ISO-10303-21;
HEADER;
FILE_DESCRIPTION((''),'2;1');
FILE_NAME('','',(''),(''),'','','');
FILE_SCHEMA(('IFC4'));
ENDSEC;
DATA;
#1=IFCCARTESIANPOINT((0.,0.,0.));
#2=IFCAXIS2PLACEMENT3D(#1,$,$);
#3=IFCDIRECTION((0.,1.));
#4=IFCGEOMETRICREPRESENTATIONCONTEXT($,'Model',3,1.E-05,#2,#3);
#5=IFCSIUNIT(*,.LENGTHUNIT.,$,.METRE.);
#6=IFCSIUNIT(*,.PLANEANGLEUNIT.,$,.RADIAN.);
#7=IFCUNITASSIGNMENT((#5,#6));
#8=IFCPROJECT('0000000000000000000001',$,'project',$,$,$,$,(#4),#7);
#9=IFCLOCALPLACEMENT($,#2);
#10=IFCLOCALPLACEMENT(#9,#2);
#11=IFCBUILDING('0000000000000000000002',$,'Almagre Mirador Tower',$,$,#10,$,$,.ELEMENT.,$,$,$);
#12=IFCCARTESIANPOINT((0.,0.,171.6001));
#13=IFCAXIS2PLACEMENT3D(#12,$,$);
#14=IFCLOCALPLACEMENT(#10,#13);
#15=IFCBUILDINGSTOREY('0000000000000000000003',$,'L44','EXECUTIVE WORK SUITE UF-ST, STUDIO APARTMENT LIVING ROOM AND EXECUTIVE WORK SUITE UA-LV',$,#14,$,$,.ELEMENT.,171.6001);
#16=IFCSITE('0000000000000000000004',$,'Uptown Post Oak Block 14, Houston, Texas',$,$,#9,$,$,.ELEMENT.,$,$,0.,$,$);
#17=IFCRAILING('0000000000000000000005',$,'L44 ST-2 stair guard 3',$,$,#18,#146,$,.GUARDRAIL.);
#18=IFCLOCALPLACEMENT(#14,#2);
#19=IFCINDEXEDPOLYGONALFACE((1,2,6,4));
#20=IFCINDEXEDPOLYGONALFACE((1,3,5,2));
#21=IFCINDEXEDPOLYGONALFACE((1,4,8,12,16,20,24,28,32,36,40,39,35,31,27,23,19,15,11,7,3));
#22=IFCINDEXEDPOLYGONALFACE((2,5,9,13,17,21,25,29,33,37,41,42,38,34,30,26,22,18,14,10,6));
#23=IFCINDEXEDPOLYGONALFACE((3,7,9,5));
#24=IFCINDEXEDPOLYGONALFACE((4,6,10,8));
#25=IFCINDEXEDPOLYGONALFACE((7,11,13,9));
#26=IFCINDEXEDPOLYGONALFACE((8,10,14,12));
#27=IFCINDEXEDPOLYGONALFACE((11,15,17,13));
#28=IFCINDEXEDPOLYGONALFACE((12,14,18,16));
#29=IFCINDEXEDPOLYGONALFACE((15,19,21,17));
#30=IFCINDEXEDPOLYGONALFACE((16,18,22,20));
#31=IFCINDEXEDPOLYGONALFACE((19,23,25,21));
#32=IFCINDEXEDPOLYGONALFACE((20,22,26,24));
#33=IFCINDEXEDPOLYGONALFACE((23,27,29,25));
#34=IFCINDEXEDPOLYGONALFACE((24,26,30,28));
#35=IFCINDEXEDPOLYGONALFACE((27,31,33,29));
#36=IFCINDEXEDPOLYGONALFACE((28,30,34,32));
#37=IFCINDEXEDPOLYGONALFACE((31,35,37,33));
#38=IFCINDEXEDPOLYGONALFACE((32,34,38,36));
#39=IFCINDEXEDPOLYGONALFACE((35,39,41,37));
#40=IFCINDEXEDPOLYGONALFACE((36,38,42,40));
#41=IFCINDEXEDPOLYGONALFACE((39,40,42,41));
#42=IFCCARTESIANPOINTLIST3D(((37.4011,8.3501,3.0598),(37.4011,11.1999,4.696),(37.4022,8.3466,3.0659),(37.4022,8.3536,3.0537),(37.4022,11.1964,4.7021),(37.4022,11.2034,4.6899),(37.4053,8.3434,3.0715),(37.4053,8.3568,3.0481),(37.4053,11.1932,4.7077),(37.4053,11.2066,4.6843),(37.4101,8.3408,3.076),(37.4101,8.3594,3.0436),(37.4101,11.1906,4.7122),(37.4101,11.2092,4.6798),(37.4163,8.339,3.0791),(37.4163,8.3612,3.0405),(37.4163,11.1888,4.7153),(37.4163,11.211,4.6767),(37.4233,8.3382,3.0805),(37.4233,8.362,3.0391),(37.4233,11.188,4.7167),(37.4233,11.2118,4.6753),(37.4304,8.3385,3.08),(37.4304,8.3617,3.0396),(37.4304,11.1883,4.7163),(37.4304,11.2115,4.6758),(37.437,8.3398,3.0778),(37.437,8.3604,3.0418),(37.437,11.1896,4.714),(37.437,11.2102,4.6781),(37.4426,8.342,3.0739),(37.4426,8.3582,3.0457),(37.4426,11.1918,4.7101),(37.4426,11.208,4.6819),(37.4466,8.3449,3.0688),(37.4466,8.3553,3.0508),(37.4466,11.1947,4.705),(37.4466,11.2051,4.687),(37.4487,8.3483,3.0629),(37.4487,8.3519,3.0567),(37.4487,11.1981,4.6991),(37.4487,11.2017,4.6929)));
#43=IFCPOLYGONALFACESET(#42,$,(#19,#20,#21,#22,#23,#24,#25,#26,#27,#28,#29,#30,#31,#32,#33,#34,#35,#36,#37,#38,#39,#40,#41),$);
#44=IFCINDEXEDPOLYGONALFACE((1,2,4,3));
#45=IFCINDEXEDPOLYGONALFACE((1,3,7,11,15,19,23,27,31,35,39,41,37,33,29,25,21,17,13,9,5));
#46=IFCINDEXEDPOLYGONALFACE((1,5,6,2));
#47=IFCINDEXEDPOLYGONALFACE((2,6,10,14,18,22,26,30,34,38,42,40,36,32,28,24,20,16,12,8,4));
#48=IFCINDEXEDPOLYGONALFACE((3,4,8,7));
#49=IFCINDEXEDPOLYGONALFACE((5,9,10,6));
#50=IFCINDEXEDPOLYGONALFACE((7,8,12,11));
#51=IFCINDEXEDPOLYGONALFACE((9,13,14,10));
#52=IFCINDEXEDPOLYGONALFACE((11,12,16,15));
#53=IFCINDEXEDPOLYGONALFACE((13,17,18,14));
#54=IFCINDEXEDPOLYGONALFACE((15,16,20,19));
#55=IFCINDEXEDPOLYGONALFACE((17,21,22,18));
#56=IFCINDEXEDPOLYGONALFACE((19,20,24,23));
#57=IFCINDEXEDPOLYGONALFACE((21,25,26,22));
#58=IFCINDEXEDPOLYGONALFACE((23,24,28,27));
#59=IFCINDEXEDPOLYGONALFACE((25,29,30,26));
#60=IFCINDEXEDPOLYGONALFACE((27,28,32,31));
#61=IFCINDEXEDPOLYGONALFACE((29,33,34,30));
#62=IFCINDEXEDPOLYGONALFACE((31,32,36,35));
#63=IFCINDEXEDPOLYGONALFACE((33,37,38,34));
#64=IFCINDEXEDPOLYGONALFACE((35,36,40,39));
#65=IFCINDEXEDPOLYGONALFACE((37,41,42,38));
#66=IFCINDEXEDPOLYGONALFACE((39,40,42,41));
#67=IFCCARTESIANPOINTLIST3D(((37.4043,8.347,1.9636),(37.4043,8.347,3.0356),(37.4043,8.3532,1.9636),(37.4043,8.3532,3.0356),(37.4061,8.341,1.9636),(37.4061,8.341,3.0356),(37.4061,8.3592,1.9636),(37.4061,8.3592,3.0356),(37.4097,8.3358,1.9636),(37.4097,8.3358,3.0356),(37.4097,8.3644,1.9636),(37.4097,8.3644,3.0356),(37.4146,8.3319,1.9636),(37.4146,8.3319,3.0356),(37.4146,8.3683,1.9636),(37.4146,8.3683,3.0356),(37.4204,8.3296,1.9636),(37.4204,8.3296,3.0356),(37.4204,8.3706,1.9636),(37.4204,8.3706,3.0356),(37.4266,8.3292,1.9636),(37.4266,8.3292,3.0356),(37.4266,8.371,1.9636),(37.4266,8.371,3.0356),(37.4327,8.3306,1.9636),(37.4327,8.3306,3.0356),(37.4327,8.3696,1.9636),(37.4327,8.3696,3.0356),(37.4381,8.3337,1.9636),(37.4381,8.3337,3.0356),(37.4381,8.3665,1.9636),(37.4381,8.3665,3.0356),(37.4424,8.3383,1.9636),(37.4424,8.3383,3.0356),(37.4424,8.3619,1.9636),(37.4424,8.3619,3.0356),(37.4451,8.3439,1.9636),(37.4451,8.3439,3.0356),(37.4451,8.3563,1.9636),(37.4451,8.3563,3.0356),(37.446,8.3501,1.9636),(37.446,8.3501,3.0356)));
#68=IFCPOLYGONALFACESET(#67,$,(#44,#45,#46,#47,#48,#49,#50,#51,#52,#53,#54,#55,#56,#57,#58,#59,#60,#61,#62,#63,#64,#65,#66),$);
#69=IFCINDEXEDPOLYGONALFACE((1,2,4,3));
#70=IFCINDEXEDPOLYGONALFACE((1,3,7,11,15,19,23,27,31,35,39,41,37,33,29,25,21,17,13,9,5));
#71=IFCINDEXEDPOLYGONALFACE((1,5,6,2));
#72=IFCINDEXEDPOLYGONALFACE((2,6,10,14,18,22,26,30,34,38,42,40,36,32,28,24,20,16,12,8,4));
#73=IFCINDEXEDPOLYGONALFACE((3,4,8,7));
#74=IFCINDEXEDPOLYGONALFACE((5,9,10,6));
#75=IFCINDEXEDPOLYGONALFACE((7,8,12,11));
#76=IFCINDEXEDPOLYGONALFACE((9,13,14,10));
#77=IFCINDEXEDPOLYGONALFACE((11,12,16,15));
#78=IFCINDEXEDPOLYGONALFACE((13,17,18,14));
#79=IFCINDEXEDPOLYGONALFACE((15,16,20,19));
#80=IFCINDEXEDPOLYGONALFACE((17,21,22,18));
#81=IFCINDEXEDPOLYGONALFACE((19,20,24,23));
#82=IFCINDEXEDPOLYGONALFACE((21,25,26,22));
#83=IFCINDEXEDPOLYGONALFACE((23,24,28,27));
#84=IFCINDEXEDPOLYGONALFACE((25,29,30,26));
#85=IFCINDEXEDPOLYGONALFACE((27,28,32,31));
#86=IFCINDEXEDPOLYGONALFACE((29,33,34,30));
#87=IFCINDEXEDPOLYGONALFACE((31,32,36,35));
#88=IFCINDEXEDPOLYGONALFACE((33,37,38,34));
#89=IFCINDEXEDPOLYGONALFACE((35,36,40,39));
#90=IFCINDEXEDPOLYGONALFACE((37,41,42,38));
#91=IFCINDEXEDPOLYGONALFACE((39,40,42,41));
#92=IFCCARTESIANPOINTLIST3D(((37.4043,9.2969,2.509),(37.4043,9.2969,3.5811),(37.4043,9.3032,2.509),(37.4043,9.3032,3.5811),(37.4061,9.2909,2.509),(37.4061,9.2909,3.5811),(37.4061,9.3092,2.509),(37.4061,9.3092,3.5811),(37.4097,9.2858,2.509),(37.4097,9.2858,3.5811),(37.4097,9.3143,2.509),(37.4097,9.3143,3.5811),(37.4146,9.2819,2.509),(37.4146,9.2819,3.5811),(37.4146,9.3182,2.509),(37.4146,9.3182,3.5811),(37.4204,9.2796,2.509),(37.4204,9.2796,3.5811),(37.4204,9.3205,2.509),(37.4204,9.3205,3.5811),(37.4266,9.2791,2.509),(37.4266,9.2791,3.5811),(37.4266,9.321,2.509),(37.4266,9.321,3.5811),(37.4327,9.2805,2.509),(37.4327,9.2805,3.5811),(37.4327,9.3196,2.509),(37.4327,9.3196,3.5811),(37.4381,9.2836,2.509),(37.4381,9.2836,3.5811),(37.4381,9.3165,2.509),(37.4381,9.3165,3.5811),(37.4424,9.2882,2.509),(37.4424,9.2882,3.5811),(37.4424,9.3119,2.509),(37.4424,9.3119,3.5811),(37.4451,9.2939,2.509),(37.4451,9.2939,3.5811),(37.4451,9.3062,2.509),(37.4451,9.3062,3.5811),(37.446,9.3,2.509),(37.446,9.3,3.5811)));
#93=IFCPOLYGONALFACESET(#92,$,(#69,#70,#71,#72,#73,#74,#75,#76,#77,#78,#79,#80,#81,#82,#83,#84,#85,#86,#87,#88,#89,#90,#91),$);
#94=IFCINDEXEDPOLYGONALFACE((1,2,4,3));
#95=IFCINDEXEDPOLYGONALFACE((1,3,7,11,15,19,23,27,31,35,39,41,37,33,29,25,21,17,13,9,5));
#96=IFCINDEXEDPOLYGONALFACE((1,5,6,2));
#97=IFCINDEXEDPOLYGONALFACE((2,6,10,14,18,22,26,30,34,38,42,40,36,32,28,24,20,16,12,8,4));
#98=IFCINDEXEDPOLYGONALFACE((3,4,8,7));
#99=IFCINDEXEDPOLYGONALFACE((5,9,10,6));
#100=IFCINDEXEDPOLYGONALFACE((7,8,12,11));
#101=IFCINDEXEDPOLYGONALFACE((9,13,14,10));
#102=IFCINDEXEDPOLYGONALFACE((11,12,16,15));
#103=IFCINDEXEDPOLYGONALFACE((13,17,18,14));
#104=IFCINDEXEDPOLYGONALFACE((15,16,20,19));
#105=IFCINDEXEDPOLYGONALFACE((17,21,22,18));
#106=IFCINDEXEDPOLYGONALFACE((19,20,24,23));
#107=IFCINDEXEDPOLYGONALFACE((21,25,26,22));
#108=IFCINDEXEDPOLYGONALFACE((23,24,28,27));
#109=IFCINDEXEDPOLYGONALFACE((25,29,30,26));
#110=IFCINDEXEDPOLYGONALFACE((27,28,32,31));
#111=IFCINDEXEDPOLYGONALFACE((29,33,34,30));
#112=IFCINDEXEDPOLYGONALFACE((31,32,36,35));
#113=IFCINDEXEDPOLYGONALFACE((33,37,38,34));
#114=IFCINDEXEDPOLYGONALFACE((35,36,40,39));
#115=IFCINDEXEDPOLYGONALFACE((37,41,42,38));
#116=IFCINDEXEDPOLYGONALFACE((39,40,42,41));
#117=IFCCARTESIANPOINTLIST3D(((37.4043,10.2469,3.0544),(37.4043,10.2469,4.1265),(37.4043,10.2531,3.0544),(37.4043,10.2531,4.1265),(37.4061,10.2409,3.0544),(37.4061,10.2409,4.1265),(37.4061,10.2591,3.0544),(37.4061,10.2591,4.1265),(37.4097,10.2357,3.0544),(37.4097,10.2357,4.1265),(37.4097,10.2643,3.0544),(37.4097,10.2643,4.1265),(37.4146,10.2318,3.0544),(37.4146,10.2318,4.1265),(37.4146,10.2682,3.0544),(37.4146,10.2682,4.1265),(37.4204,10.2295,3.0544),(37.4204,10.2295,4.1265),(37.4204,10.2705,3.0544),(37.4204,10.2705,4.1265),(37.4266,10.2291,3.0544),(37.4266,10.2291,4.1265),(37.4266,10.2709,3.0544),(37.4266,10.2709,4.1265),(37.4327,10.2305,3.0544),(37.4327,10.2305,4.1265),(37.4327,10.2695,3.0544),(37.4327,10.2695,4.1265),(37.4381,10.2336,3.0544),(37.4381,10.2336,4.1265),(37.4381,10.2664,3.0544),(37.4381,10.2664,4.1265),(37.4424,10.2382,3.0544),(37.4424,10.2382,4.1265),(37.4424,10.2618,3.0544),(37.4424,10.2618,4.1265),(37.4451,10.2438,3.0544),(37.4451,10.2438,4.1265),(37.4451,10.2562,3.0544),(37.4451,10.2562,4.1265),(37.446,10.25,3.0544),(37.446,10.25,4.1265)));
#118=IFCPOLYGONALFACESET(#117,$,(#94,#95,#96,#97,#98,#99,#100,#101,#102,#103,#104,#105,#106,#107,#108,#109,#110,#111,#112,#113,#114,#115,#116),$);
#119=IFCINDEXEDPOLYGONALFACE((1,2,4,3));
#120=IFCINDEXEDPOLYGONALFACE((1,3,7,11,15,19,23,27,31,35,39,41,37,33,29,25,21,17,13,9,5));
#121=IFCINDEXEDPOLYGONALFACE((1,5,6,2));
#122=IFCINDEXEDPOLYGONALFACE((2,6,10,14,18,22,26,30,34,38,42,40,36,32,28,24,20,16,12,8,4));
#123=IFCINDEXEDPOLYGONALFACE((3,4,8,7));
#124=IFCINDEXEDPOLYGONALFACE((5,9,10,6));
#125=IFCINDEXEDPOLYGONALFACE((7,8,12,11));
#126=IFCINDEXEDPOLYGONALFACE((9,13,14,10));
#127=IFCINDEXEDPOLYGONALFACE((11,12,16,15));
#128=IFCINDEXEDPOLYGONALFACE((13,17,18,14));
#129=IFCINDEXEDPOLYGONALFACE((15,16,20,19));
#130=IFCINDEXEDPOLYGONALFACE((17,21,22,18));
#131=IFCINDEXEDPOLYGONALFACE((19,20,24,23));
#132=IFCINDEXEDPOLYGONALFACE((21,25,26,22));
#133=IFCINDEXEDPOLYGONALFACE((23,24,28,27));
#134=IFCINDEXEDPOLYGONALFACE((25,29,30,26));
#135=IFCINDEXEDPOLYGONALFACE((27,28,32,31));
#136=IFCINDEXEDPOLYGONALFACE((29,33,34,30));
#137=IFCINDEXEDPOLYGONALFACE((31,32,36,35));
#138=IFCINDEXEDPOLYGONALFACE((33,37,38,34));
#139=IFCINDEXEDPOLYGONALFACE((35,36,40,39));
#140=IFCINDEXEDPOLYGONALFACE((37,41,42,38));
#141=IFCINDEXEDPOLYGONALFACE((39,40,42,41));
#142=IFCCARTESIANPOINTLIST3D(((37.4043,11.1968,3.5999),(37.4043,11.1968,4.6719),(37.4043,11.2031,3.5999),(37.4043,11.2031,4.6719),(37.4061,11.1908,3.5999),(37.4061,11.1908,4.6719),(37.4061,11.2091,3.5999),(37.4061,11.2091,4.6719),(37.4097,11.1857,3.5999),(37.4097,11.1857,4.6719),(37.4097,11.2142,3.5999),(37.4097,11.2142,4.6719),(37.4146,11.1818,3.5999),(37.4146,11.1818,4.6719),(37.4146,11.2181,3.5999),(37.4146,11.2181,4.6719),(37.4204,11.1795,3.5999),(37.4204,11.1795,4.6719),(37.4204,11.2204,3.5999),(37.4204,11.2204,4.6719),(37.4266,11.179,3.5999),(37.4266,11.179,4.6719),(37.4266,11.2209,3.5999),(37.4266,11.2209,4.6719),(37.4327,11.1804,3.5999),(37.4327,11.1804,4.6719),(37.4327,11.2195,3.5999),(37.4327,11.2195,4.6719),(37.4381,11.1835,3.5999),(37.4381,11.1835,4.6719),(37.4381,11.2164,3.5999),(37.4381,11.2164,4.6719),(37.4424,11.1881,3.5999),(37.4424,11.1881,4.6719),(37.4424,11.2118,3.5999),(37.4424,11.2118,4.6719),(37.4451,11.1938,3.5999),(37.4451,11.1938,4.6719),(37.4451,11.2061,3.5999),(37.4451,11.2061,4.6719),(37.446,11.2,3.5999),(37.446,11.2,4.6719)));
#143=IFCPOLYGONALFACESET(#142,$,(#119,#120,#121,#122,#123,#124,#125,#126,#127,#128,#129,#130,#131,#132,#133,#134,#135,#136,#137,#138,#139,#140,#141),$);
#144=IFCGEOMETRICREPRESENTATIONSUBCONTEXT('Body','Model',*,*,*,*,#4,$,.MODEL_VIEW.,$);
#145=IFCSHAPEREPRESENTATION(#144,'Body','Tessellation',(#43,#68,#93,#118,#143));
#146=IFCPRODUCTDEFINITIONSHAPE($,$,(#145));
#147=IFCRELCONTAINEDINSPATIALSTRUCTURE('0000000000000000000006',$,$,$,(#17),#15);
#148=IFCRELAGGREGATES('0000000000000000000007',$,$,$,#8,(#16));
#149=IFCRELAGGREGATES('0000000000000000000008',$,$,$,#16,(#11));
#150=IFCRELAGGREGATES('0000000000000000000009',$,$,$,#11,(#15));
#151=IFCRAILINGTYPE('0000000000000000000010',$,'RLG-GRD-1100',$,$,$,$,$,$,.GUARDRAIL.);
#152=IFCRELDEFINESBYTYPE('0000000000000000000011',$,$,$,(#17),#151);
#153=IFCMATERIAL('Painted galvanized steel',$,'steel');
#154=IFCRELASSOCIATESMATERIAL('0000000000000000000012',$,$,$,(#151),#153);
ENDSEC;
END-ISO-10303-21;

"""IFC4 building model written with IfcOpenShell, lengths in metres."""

from ifc_helpers import new_model, si_unit, direction, frame, origin, origin_2d, place, context, subcontext, project, spatial, circle, extrude, material, type_object, element, save


model = new_model("IFC4")

# Units and contexts
model_context = context("Model", 3, precision=1e-05, world=origin(), true_north=direction((0.0, 1.0)))
body_context = subcontext(model_context, "Body", "Model", "MODEL_VIEW")
ifc_project = project(units=[si_unit("LENGTHUNIT", "METRE"), si_unit("PLANEANGLEUNIT", "RADIAN")], contexts=[model_context])

# Site, building, storey
site_placement = place(None, origin())
site = spatial("IfcSite", under=ifc_project, at=site_placement, Name="Uptown Post Oak Block 14, Houston, Texas", CompositionType="ELEMENT", RefElevation=0.0)
building_placement = place(site_placement, origin())
building = spatial("IfcBuilding", under=site, at=building_placement, Name="Almagre Mirador Tower", CompositionType="ELEMENT")
storey_placement = place(building_placement, frame((0.0, 0.0, 171.6001)))
storey = spatial("IfcBuildingStorey", under=building, at=storey_placement, Name="L44", Description="EXECUTIVE WORK SUITE UF-ST, STUDIO APARTMENT LIVING ROOM AND EXECUTIVE WORK SUITE UA-LV", CompositionType="ELEMENT", Elevation=171.6001)

# Railing
ifc_material_1 = material(Name="Painted galvanized steel", Category="steel")
railing_type_1 = type_object("IfcRailingType", Name="RLG-GRD-1100", PredefinedType="GUARDRAIL", material=ifc_material_1)
railing_1_placement = place(storey_placement, frame((37.425, 8.3501, 1.9636)))
element("IfcRailing", 1, at=railing_1_placement, inside=storey, type_object=railing_type_1, Name="L44 ST-2 stair guard 3", PredefinedType="GUARDRAIL", context=body_context, shape_type="SweptSolid", body=[
    extrude(circle(Radius=0.0239, at=origin_2d()), frame((0.0, 0.0, 1.0962), z_axis=(0.0, 0.867226, 0.497914), x_axis=(-1.0, 0.0, 0.0)), (0.0, 0.0, 1.0), 3.2861),
    extrude(circle(Radius=0.021, at=origin_2d()), origin(), (0.0, 0.0, 1.0), 1.072),
    extrude(circle(Radius=0.021, at=origin_2d()), frame((0.0, 0.95, 0.5454)), (0.0, 0.0, 1.0), 1.072),
    extrude(circle(Radius=0.021, at=origin_2d()), frame((0.0, 1.8999, 1.0908)), (0.0, 0.0, 1.0), 1.072),
    extrude(circle(Radius=0.021, at=origin_2d()), frame((0.0, 2.8499, 1.6362)), (0.0, 0.0, 1.0), 1.072),
])

save(model, "model.ifc")
